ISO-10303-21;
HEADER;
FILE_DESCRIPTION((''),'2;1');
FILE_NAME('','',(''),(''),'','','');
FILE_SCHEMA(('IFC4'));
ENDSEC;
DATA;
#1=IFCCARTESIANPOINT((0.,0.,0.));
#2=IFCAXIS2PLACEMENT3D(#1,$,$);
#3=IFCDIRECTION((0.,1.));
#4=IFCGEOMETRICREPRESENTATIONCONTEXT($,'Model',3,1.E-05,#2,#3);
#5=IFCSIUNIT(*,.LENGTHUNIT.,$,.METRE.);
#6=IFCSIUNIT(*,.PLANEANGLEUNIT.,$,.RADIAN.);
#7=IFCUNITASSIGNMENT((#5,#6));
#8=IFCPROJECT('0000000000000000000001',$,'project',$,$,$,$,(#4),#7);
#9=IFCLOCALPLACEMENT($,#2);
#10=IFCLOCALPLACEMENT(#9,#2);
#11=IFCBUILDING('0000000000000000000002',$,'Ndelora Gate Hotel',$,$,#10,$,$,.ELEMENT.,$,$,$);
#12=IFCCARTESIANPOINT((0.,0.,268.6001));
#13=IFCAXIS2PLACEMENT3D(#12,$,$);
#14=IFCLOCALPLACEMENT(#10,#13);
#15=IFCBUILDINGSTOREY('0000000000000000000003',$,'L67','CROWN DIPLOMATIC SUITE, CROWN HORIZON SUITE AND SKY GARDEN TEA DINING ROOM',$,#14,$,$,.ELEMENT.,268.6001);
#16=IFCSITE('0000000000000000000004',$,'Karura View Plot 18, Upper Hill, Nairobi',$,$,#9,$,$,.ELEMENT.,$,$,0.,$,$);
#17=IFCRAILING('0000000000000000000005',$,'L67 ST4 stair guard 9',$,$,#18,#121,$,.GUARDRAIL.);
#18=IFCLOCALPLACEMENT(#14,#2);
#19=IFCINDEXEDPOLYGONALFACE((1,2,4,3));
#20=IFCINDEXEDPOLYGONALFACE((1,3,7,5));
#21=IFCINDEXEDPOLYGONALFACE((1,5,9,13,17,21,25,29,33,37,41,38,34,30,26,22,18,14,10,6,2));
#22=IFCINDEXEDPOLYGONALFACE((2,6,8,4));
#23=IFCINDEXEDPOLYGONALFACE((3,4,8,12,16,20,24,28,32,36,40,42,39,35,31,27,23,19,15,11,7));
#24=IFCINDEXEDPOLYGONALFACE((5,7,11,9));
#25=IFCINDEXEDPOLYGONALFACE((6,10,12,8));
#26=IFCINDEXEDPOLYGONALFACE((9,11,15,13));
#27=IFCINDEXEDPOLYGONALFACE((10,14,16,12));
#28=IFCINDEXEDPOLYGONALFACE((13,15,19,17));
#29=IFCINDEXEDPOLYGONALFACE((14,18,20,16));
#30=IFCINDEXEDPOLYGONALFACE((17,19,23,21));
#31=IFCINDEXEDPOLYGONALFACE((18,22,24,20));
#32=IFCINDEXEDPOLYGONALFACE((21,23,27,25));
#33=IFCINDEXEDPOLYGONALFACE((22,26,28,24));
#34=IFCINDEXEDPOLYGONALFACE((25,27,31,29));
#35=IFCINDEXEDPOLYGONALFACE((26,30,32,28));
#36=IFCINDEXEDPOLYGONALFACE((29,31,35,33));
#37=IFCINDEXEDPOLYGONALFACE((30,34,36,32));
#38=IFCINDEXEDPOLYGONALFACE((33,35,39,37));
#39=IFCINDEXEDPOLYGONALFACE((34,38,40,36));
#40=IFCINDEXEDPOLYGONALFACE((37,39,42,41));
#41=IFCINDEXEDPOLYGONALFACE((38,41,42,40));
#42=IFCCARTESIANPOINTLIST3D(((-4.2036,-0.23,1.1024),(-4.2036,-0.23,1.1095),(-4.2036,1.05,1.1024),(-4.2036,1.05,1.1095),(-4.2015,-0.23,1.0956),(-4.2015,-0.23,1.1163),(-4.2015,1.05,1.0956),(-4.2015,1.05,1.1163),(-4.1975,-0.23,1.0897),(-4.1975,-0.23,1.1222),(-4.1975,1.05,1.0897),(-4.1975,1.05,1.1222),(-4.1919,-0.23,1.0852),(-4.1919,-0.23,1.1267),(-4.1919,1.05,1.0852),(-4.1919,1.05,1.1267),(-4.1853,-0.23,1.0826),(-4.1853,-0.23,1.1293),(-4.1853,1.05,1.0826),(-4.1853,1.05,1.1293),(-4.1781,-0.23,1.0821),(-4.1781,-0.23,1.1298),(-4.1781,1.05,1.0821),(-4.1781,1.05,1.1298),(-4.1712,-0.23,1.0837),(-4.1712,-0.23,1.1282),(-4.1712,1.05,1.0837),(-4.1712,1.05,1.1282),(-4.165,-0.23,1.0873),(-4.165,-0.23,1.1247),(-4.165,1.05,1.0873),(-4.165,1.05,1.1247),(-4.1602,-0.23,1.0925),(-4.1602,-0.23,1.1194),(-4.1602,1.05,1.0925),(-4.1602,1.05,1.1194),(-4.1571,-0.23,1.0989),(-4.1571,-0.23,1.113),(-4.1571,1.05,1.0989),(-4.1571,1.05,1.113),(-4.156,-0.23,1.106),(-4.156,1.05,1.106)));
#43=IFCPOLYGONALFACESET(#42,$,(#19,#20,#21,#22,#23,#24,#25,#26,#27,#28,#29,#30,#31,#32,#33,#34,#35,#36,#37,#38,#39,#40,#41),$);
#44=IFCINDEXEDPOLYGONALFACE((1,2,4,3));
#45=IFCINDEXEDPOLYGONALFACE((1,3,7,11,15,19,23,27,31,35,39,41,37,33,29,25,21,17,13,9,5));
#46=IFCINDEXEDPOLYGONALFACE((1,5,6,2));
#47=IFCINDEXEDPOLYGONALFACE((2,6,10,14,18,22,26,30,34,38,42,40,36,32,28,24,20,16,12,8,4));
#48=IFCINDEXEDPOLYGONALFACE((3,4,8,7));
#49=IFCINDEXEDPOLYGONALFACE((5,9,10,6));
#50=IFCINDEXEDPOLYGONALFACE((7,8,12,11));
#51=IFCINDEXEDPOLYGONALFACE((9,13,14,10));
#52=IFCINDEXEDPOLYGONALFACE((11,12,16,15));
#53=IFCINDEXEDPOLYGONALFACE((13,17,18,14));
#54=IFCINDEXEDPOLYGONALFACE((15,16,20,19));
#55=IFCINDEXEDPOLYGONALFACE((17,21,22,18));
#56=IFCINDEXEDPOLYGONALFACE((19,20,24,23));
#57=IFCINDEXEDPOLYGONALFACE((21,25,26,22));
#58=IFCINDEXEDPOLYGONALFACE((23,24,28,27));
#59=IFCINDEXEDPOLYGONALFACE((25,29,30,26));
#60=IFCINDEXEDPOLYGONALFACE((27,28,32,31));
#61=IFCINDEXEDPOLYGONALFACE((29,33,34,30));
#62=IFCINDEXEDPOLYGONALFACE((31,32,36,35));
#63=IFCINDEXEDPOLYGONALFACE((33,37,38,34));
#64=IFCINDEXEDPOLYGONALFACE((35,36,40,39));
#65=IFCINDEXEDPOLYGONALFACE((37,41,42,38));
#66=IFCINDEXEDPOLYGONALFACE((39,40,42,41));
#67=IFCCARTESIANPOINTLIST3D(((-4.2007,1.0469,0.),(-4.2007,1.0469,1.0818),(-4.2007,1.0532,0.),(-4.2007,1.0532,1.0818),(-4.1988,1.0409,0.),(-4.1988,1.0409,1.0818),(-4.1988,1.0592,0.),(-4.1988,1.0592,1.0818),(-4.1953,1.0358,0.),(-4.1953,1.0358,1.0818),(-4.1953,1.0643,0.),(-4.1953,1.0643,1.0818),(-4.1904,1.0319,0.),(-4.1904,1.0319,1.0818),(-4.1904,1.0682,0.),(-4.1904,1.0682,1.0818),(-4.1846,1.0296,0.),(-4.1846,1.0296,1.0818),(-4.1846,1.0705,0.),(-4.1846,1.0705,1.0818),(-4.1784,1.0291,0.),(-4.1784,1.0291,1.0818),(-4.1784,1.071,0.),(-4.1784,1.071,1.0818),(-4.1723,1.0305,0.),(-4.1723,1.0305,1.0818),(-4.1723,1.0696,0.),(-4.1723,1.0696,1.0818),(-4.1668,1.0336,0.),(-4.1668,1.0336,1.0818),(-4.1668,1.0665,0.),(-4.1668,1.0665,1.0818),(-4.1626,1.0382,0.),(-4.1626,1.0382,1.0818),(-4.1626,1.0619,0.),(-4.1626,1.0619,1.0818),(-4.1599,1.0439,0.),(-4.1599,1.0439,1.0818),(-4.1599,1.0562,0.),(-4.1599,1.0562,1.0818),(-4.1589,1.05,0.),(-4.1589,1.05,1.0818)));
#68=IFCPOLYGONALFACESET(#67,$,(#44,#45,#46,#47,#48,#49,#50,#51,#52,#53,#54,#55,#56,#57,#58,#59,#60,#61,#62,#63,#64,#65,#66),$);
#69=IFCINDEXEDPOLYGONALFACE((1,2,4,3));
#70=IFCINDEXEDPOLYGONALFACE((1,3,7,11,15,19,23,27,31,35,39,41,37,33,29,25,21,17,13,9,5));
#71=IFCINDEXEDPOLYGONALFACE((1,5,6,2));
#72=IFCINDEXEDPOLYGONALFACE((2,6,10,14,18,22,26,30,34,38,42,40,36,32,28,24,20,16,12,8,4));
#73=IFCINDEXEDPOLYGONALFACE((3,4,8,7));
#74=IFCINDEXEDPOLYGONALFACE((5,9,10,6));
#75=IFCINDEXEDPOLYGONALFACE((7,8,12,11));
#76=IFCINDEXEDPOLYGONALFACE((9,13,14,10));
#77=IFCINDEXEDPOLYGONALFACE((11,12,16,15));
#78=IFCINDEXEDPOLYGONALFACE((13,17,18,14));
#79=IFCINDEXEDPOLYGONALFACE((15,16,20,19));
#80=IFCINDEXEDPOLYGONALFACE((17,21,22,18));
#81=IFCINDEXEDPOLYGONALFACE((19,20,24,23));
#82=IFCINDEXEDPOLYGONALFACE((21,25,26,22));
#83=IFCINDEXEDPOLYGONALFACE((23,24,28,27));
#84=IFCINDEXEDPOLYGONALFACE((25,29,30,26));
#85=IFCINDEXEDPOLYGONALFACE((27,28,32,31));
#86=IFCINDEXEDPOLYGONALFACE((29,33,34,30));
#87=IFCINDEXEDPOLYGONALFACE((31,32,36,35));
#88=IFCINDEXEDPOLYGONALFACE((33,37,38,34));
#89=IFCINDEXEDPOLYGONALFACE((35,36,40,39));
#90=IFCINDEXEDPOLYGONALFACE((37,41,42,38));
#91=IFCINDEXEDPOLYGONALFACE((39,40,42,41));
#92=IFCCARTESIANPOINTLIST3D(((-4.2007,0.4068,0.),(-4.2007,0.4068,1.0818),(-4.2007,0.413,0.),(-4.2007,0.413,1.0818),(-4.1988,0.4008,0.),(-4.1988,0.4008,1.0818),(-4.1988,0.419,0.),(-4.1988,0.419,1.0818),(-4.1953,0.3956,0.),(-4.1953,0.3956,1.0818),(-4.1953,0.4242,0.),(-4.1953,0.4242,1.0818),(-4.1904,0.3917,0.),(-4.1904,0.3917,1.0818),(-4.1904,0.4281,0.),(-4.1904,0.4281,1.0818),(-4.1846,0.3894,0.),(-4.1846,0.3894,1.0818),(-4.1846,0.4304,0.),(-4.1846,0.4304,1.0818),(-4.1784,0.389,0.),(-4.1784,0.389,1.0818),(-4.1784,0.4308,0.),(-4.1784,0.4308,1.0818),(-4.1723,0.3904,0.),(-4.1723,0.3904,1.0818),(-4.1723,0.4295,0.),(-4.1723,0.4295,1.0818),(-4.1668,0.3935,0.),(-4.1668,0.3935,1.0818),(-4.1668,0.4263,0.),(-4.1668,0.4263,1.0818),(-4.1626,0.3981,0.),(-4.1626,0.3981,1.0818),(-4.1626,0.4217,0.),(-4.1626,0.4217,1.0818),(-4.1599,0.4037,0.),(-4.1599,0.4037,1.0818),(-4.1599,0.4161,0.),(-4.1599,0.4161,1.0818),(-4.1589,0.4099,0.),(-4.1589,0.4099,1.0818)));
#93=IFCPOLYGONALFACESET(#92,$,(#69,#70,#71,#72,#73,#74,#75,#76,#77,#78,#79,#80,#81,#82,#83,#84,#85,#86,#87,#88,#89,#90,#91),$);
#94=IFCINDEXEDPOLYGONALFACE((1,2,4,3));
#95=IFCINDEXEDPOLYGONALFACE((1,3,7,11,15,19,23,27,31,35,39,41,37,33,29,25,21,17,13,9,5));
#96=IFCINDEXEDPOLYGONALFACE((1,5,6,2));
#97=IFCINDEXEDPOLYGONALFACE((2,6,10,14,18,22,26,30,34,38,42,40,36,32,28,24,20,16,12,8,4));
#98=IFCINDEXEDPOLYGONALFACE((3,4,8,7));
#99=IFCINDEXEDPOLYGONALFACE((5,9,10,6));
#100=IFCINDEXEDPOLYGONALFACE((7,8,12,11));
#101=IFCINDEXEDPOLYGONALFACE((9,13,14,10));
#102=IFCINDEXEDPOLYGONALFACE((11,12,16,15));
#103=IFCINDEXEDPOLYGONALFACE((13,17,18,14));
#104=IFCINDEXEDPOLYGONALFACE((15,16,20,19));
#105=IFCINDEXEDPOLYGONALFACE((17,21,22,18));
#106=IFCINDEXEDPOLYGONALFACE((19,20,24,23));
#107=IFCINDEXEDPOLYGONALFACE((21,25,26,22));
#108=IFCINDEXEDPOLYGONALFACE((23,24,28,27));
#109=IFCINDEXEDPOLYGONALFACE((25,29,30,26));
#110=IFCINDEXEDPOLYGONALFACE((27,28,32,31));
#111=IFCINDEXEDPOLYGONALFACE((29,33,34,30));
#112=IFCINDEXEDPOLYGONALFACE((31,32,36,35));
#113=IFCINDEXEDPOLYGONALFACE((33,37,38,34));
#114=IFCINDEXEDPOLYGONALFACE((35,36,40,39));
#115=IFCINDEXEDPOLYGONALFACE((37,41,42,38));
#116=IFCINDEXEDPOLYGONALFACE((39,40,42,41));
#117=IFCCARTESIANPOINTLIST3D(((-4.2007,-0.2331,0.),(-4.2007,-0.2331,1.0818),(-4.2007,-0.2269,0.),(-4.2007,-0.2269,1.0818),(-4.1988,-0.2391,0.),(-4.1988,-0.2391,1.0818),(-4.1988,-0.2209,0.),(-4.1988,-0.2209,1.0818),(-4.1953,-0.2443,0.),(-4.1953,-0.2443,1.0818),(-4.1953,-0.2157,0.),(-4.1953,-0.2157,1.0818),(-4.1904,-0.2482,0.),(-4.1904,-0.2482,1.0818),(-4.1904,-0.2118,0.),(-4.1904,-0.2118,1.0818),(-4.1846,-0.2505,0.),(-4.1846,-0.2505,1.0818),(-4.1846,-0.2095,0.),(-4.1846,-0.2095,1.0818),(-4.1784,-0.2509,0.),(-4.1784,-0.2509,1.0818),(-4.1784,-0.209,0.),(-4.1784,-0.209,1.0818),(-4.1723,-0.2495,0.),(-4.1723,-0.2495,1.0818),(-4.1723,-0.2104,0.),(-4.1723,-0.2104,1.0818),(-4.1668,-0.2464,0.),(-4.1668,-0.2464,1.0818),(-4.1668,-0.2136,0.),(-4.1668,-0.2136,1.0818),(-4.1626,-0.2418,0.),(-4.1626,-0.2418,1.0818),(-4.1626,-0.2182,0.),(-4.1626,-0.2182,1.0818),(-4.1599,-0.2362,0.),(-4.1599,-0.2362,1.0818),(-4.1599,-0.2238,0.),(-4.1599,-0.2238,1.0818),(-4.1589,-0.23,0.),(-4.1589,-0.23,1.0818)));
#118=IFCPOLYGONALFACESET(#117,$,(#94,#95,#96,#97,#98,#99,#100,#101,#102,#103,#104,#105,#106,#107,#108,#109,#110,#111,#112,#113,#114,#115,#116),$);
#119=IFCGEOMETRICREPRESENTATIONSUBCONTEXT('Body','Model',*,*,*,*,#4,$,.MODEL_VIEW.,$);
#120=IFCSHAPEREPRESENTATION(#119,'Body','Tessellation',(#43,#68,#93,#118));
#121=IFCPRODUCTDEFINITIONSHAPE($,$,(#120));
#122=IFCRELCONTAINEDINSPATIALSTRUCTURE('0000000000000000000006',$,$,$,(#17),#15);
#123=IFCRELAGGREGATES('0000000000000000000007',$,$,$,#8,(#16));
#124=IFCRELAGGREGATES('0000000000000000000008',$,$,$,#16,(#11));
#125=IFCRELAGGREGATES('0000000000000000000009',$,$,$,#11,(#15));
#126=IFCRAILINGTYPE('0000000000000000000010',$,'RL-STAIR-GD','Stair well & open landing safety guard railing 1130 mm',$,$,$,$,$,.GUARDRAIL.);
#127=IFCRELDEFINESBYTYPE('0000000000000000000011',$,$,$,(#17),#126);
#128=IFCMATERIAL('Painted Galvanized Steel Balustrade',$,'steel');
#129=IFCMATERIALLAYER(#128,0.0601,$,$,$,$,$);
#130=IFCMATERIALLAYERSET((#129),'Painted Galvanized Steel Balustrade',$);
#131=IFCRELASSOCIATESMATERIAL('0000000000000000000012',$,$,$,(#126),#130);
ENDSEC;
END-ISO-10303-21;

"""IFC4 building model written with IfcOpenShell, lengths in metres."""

from ifc_helpers import new_model, si_unit, direction, frame, origin, origin_2d, place, context, subcontext, project, spatial, circle, extrude, material, layer, layer_set, type_object, element, save


model = new_model("IFC4")

# Units and contexts
model_context = context("Model", 3, precision=1e-05, world=origin(), true_north=direction((0.0, 1.0)))
body_context = subcontext(model_context, "Body", "Model", "MODEL_VIEW")
ifc_project = project(units=[si_unit("LENGTHUNIT", "METRE"), si_unit("PLANEANGLEUNIT", "RADIAN")], contexts=[model_context])

# Site, building, storey
site_placement = place(None, origin())
site = spatial("IfcSite", under=ifc_project, at=site_placement, Name="Karura View Plot 18, Upper Hill, Nairobi", CompositionType="ELEMENT", RefElevation=0.0)
building_placement = place(site_placement, origin())
building = spatial("IfcBuilding", under=site, at=building_placement, Name="Ndelora Gate Hotel", CompositionType="ELEMENT")
storey_placement = place(building_placement, frame((0.0, 0.0, 268.6001)))
storey = spatial("IfcBuildingStorey", under=building, at=storey_placement, Name="L67", Description="CROWN DIPLOMATIC SUITE, CROWN HORIZON SUITE AND SKY GARDEN TEA DINING ROOM", CompositionType="ELEMENT", Elevation=268.6001)

# Railing
ifc_material_1 = material(Name="Painted Galvanized Steel Balustrade", Category="steel")
ifc_layer_1 = layer(ifc_material_1, 0.0601)
ifc_layer_set_1 = layer_set([ifc_layer_1], Name="Painted Galvanized Steel Balustrade")
railing_type = type_object("IfcRailingType", Name="RL-STAIR-GD", Description="Stair well & open landing safety guard railing 1130 mm", PredefinedType="GUARDRAIL", material=ifc_layer_set_1)
for number, where, name in (
    (1, (-4.1799, 1.05, 0.0), "L67 ST4 stair guard 9"),
):
    element("IfcRailing", number, at=place(storey_placement, frame(where)), inside=storey, type_object=railing_type, Name=name, PredefinedType="GUARDRAIL", context=body_context, shape_type="SweptSolid", body=[
        extrude(circle(Radius=0.0239, at=origin_2d()), frame((0.0, 0.0, 1.106), z_axis=(0.0, -1.0, 0.0), x_axis=(1.0, 0.0, 0.0)), (0.0, 0.0, 1.0), 1.28),
        extrude(circle(Radius=0.021, at=origin_2d()), origin(), (0.0, 0.0, 1.0), 1.0818),
        extrude(circle(Radius=0.021, at=origin_2d()), frame((0.0, -0.6401, 0.0)), (0.0, 0.0, 1.0), 1.0818),
        extrude(circle(Radius=0.021, at=origin_2d()), frame((0.0, -1.28, 0.0)), (0.0, 0.0, 1.0), 1.0818),
    ])

save(model, "model.ifc")
